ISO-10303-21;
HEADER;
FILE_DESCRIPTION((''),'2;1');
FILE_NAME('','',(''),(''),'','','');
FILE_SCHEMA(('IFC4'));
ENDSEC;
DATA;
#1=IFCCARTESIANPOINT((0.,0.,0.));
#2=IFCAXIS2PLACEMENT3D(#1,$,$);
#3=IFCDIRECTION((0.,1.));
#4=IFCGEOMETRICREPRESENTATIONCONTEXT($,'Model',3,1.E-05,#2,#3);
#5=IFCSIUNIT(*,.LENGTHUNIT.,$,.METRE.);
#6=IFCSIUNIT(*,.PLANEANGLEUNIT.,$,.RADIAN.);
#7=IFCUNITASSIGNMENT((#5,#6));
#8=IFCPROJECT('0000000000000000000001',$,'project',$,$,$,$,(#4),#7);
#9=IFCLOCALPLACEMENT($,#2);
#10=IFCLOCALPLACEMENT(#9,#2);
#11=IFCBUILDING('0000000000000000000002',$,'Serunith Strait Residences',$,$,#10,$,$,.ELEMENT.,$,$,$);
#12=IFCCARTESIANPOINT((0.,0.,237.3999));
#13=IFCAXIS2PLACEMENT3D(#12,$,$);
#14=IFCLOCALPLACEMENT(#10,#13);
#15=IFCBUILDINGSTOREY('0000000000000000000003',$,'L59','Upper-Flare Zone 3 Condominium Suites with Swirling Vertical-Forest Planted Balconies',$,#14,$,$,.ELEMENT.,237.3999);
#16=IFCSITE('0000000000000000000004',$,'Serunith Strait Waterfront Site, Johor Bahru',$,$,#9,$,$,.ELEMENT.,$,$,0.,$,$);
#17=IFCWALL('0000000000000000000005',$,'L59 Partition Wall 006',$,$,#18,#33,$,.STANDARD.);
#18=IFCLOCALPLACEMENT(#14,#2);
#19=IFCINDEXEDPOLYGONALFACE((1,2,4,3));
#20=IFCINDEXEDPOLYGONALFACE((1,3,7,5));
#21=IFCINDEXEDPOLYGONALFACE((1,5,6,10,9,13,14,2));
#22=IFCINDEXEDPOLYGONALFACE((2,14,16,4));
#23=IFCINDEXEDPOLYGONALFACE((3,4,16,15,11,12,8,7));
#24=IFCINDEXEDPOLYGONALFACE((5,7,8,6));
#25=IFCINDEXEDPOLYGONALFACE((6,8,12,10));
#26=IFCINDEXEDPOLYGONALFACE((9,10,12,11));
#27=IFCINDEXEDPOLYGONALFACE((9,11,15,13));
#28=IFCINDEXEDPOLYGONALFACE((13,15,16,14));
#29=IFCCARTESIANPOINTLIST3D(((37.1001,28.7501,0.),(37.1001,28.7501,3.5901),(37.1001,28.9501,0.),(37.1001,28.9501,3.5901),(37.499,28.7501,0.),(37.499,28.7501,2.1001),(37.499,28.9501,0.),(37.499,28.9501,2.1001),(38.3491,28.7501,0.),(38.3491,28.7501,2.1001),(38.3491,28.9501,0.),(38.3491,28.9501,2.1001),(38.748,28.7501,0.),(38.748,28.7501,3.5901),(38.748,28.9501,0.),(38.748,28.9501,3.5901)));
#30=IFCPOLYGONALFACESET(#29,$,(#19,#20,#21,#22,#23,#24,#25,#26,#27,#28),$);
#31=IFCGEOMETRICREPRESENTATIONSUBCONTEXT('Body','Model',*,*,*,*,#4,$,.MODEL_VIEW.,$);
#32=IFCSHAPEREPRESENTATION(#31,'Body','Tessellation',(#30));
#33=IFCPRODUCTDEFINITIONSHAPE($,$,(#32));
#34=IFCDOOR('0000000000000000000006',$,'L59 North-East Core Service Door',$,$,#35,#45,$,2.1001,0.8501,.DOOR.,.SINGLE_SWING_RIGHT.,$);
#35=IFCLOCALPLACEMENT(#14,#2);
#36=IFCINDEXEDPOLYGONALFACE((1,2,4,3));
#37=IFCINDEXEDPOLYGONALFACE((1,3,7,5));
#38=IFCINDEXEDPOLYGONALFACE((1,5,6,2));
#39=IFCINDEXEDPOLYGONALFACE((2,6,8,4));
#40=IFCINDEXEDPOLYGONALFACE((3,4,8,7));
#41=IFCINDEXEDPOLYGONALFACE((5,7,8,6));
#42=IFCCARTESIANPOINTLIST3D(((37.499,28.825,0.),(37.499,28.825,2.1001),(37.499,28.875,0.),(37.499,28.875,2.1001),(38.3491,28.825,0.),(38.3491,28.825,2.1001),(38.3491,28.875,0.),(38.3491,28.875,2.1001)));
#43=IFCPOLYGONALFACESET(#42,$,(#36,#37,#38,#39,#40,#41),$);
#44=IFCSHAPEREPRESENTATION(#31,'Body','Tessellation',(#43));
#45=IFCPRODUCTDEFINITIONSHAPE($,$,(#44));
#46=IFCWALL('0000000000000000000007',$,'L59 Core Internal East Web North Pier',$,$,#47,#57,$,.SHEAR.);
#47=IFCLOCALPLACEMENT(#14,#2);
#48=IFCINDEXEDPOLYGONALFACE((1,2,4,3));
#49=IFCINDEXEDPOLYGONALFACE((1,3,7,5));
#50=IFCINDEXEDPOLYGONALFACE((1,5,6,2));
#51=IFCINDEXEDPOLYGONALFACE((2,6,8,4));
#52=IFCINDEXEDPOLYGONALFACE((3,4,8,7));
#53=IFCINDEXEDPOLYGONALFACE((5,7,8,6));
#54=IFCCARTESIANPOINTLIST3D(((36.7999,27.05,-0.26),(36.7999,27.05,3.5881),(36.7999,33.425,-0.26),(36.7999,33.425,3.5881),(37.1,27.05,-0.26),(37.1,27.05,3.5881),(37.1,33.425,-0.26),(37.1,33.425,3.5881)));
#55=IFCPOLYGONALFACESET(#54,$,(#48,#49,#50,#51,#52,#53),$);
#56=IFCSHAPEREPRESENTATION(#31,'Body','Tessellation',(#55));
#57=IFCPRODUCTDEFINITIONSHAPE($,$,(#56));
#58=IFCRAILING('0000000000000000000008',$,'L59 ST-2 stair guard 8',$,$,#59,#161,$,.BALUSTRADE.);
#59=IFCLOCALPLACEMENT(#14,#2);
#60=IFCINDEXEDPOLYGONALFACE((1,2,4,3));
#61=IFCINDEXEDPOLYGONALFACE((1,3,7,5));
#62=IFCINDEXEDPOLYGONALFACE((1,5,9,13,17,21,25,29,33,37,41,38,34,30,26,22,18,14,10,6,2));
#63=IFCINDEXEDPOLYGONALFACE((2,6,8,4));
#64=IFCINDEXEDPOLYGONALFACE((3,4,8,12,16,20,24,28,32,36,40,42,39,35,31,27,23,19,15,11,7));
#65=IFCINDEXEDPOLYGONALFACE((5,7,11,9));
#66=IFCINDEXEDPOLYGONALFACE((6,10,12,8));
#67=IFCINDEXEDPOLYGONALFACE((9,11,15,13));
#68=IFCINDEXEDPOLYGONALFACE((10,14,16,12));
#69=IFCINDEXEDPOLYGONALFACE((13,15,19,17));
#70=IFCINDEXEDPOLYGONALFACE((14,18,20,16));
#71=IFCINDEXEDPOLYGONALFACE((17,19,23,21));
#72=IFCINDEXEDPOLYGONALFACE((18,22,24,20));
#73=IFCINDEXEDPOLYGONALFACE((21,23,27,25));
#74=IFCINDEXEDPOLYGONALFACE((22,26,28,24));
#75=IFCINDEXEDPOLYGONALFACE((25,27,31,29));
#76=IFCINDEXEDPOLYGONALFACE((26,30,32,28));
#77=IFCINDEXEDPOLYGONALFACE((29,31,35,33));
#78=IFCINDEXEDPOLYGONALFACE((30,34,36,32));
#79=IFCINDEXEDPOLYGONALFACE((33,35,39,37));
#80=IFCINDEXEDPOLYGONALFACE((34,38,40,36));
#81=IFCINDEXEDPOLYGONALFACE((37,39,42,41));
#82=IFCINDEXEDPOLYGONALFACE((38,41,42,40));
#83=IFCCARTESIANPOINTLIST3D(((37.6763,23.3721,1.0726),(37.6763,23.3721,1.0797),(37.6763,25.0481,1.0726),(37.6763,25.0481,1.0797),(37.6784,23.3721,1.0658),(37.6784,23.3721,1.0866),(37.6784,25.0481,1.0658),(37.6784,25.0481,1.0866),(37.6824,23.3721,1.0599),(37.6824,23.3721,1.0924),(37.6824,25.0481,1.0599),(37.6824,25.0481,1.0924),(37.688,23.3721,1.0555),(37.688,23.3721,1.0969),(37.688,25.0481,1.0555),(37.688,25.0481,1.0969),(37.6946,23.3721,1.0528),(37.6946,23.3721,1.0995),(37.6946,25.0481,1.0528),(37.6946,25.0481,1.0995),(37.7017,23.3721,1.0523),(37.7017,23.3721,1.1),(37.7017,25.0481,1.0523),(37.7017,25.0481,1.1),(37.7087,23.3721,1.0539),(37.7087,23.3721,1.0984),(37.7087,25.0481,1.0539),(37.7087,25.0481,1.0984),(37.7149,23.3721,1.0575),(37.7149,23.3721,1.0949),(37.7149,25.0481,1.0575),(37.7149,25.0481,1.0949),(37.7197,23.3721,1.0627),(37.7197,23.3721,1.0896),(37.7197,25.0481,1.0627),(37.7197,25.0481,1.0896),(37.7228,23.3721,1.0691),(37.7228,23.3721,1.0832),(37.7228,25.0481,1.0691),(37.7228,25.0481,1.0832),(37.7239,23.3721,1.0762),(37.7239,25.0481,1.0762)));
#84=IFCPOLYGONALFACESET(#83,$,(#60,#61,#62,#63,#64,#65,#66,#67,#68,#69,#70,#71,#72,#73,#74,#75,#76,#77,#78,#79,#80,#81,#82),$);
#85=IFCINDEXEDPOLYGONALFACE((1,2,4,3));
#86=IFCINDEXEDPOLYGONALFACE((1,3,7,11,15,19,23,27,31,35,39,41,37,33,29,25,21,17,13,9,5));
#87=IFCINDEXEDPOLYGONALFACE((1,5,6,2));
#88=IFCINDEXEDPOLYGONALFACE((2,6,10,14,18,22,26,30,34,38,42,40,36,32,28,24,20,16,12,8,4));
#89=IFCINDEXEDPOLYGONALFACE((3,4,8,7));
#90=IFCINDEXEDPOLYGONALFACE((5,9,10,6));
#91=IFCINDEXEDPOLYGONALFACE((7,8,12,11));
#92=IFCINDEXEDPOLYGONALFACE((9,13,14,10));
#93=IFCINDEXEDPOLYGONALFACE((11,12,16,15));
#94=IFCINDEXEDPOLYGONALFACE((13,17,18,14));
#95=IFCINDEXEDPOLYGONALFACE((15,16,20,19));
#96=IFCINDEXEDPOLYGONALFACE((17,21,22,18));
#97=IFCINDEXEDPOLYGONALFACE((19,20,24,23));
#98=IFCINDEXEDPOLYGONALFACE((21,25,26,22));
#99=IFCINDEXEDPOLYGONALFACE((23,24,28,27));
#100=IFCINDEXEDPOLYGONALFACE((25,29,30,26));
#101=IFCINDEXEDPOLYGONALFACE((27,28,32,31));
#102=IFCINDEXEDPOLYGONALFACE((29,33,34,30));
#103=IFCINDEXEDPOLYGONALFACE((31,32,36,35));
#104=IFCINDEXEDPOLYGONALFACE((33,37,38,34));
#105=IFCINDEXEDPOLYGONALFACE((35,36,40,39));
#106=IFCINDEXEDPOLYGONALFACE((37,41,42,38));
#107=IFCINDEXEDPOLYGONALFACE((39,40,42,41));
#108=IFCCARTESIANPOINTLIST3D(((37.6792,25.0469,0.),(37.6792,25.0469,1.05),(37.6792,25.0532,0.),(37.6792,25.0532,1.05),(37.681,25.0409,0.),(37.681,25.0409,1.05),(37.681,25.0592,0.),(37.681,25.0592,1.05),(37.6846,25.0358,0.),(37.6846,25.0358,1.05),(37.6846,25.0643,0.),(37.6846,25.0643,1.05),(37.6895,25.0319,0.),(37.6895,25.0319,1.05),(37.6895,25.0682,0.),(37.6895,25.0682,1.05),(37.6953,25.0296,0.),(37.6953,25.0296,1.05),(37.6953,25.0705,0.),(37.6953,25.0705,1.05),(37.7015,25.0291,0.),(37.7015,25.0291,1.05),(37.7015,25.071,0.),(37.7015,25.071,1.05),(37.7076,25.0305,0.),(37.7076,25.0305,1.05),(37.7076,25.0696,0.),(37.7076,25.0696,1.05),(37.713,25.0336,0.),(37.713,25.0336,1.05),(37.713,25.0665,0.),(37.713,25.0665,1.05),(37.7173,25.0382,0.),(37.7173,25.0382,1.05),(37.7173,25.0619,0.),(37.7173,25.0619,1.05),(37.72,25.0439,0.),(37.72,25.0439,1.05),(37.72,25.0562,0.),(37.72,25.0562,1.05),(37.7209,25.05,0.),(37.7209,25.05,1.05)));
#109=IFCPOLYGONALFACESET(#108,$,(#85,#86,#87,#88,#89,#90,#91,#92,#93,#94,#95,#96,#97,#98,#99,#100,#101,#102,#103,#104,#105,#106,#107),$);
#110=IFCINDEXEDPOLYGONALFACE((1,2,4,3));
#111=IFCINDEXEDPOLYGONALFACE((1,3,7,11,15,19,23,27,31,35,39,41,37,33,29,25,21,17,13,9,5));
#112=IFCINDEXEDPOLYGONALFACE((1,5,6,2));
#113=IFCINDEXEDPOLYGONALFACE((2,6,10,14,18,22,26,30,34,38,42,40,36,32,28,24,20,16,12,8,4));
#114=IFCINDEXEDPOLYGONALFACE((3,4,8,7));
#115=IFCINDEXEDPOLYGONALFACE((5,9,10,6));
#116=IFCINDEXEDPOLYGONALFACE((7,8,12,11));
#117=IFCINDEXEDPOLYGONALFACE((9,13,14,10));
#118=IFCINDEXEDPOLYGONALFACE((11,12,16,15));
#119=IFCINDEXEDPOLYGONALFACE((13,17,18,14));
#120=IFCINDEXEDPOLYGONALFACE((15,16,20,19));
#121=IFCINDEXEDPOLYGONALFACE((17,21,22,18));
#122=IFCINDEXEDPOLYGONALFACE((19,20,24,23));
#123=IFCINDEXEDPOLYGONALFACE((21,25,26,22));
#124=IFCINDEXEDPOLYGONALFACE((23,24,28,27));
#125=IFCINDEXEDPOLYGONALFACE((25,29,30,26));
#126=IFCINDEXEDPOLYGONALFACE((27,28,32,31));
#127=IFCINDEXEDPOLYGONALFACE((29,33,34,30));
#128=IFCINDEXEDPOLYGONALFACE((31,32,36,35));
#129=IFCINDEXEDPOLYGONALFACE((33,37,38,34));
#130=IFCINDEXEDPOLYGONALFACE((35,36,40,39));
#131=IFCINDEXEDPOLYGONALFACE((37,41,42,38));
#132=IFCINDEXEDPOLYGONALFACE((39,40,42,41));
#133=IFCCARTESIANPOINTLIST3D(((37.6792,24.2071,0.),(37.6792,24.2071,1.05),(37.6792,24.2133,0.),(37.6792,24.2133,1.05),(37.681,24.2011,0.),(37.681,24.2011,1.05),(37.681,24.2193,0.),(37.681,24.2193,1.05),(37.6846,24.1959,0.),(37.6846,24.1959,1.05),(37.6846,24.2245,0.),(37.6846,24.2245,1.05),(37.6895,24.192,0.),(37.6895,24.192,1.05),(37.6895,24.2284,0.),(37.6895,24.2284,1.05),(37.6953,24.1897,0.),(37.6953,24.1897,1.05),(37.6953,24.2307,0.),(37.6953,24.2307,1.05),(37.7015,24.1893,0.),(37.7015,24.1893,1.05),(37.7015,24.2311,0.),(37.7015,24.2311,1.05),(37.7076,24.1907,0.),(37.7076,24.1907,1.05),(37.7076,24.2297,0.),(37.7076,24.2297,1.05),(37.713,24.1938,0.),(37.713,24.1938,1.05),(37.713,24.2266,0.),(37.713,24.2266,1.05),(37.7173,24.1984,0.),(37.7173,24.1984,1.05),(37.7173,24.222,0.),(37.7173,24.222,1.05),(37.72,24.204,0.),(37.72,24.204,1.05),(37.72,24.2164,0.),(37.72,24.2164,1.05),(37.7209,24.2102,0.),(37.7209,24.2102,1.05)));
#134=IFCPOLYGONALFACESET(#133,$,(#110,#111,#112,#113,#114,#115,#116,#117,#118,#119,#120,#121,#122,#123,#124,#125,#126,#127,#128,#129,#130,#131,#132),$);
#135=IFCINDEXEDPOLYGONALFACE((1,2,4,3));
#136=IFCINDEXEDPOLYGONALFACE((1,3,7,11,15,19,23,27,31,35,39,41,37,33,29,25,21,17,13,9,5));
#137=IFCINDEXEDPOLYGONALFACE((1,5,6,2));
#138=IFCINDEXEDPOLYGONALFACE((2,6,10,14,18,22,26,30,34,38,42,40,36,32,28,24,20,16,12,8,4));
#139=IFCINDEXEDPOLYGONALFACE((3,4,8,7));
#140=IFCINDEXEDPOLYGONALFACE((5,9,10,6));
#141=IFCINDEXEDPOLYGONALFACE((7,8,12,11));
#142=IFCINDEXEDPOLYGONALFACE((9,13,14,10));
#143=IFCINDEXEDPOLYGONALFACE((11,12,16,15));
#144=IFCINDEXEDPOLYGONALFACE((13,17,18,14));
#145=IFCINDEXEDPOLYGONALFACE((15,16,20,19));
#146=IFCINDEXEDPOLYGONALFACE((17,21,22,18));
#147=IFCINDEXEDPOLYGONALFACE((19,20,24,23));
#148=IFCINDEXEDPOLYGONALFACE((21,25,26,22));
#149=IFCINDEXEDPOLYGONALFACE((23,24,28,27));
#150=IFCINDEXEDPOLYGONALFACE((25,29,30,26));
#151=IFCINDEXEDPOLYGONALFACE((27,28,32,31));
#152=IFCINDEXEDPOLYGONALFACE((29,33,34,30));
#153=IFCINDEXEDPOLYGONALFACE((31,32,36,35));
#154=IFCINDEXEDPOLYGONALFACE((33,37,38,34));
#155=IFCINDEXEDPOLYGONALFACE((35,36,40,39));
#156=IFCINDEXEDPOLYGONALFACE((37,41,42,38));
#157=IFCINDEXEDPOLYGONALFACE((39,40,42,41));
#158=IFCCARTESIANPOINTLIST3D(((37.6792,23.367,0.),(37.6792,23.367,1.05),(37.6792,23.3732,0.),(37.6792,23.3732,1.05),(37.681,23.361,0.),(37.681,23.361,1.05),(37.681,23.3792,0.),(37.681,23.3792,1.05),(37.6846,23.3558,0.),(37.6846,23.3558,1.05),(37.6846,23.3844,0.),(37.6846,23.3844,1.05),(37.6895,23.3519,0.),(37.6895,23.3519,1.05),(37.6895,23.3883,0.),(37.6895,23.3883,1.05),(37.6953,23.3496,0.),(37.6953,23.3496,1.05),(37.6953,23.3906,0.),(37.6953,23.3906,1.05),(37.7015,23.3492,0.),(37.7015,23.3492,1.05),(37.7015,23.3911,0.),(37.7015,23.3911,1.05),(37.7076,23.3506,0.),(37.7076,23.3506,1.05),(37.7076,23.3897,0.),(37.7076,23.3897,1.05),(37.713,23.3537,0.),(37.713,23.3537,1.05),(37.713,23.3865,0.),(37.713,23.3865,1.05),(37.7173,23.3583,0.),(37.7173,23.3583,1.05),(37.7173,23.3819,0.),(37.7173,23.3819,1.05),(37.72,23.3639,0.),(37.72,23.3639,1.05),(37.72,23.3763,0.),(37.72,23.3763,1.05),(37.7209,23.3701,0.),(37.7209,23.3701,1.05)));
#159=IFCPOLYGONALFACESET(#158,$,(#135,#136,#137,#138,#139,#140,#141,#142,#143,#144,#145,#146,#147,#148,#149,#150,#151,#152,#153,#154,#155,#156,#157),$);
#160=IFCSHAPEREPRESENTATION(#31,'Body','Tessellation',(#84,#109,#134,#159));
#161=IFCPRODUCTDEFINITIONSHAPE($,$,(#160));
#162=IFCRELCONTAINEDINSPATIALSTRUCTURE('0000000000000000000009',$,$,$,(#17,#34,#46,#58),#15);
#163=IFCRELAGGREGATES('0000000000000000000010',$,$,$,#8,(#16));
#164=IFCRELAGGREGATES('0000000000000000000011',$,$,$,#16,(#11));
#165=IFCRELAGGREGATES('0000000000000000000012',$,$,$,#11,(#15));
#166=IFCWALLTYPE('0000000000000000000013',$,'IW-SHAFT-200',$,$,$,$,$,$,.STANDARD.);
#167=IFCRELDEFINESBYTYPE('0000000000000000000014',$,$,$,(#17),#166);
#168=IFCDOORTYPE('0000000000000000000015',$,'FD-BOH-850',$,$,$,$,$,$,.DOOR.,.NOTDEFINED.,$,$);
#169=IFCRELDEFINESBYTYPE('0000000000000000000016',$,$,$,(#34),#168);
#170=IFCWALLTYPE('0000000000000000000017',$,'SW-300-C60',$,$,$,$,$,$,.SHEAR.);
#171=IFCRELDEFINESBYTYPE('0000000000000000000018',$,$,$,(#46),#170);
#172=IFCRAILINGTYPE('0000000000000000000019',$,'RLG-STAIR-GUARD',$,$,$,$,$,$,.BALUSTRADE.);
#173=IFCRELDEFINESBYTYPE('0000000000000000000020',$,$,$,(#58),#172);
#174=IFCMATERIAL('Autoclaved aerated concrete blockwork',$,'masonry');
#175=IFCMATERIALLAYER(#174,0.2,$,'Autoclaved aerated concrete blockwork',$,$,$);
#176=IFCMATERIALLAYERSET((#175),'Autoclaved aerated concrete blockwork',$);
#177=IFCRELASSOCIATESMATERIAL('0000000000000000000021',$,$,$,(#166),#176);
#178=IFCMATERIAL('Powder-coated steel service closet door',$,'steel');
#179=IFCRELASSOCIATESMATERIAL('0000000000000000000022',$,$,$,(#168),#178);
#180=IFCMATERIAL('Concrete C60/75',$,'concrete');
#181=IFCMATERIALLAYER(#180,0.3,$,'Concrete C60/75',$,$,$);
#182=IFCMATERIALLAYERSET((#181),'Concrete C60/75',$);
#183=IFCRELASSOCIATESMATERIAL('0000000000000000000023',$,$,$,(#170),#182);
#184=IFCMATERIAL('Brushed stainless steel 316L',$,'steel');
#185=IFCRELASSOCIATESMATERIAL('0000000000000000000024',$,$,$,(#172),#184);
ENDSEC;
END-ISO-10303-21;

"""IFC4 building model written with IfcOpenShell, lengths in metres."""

from ifc_helpers import new_model, si_unit, direction, frame, frame_2d, origin, origin_2d, place, context, subcontext, project, spatial, rectangle, circle, extrude, source, transform, mapped, material, layer, layer_set, type_object, element, fill, save


model = new_model("IFC4")

# Units and contexts
model_context = context("Model", 3, precision=1e-05, world=origin(), true_north=direction((0.0, 1.0)))
body_context = subcontext(model_context, "Body", "Model", "MODEL_VIEW")
ifc_project = project(units=[si_unit("LENGTHUNIT", "METRE"), si_unit("PLANEANGLEUNIT", "RADIAN")], contexts=[model_context])

# Site, building, storey
site_placement = place(None, origin())
site = spatial("IfcSite", under=ifc_project, at=site_placement, Name="Serunith Strait Waterfront Site, Johor Bahru", CompositionType="ELEMENT", RefElevation=0.0)
building_placement = place(site_placement, origin())
building = spatial("IfcBuilding", under=site, at=building_placement, Name="Serunith Strait Residences", CompositionType="ELEMENT")
storey_placement = place(building_placement, frame((0.0, 0.0, 237.3999)))
storey = spatial("IfcBuildingStorey", under=building, at=storey_placement, Name="L59", Description="Upper-Flare Zone 3 Condominium Suites with Swirling Vertical-Forest Planted Balconies", CompositionType="ELEMENT", Elevation=237.3999)

# Shared definitions
ifc_material_1 = material(Name="Autoclaved aerated concrete blockwork", Category="masonry")
ifc_layer_1 = layer(ifc_material_1, 0.2, Name="Autoclaved aerated concrete blockwork")
ifc_layer_set_1 = layer_set([ifc_layer_1], Name="Autoclaved aerated concrete blockwork")
wall_type_1 = type_object("IfcWallType", Name="IW-SHAFT-200", PredefinedType="STANDARD", material=ifc_layer_set_1)

# Wall, opening, door
wall_1_placement = place(storey_placement, frame((37.1001, 28.8501, 0.0), z_axis=(0.0, 0.0, 1.0), x_axis=(1.0, 0.0, 0.0)))
wall_1 = element("IfcWall", 1, at=wall_1_placement, inside=storey, type_object=wall_type_1, Name="L59 Partition Wall 006", PredefinedType="STANDARD", context=body_context, shape_type="SweptSolid", body=[
    extrude(rectangle(XDim=1.6479, YDim=0.2, at=frame_2d((0.824, 0.0))), origin(), (0.0, 0.0, 1.0), 3.5901),
])
opening_1_placement = place(wall_1_placement, frame((0.3989, 0.0, 0.0)))
opening_1 = element("IfcOpeningElement", 2, at=opening_1_placement, cuts=wall_1, PredefinedType="OPENING", context=body_context, shape_type="SweptSolid", body=[
    extrude(rectangle(XDim=0.8501, YDim=2.1001, at=frame_2d((0.425, 1.05))), frame((0.0, 0.1099, 0.0), z_axis=(0.0, -1.0, 0.0), x_axis=(1.0, 0.0, 0.0)), (0.0, 0.0, 1.0), 0.22),
])
ifc_material_2 = material(Name="Powder-coated steel service closet door", Category="steel")
door_type_1 = type_object("IfcDoorType", Name="FD-BOH-850", OperationType="NOTDEFINED", PredefinedType="DOOR", material=ifc_material_2)
shared_shape_1 = source(origin(), body_context, "Body", "SweptSolid", [
    extrude(rectangle(XDim=0.8501, YDim=2.1001, at=frame_2d((0.425, 1.05))), frame((0.0, 0.0249, 0.0), z_axis=(0.0, -1.0, 0.0), x_axis=(1.0, 0.0, 0.0)), (0.0, 0.0, 1.0), 0.05),
])
door_1_placement = place(opening_1_placement, origin())
door_1 = element("IfcDoor", 3, at=door_1_placement, inside=storey, type_object=door_type_1, Name="L59 North-East Core Service Door", OperationType="SINGLE_SWING_RIGHT", OverallHeight=2.1001, OverallWidth=0.8501, PredefinedType="DOOR", context=body_context, shape_type="MappedRepresentation", body=[
    mapped(shared_shape_1, transform((0.0, 0.0, 0.0), scale=1.0)),
])
fill(opening_1, door_1)

# Wall
ifc_material_3 = material(Name="Concrete C60/75", Category="concrete")
ifc_layer_2 = layer(ifc_material_3, 0.3, Name="Concrete C60/75")
ifc_layer_set_2 = layer_set([ifc_layer_2], Name="Concrete C60/75")
wall_type_2 = type_object("IfcWallType", Name="SW-300-C60", PredefinedType="SHEAR", material=ifc_layer_set_2)
wall_2_placement = place(storey_placement, frame((36.95, 27.05, -0.26), z_axis=(0.0, 0.0, 1.0), x_axis=(0.0, 1.0, 0.0)))
element("IfcWall", 4, at=wall_2_placement, inside=storey, type_object=wall_type_2, Name="L59 Core Internal East Web North Pier", PredefinedType="SHEAR", context=body_context, shape_type="SweptSolid", body=[
    extrude(rectangle(XDim=6.375, YDim=0.3, at=frame_2d((3.1875, 0.0))), origin(), (0.0, 0.0, 1.0), 3.8481),
])

# Railing
ifc_material_4 = material(Name="Brushed stainless steel 316L", Category="steel")
railing_type = type_object("IfcRailingType", Name="RLG-STAIR-GUARD", PredefinedType="BALUSTRADE", material=ifc_material_4)
railing_placement = place(storey_placement, frame((37.7, 25.05, 0.0)))
element("IfcRailing", 5, at=railing_placement, inside=storey, type_object=railing_type, Name="L59 ST-2 stair guard 8", PredefinedType="BALUSTRADE", context=body_context, shape_type="SweptSolid", body=[
    extrude(circle(Radius=0.0239, at=origin_2d()), frame((0.0, -0.002, 1.0762), z_axis=(0.0, -1.0, 0.0), x_axis=(1.0, 0.0, 0.0)), (0.0, 0.0, 1.0), 1.676),
    extrude(circle(Radius=0.021, at=origin_2d()), origin(), (0.0, 0.0, 1.0), 1.05),
    extrude(circle(Radius=0.021, at=origin_2d()), frame((0.0, -0.8398, 0.0)), (0.0, 0.0, 1.0), 1.05),
    extrude(circle(Radius=0.021, at=origin_2d()), frame((0.0, -1.6799, 0.0)), (0.0, 0.0, 1.0), 1.05),
])

save(model, "model.ifc")
